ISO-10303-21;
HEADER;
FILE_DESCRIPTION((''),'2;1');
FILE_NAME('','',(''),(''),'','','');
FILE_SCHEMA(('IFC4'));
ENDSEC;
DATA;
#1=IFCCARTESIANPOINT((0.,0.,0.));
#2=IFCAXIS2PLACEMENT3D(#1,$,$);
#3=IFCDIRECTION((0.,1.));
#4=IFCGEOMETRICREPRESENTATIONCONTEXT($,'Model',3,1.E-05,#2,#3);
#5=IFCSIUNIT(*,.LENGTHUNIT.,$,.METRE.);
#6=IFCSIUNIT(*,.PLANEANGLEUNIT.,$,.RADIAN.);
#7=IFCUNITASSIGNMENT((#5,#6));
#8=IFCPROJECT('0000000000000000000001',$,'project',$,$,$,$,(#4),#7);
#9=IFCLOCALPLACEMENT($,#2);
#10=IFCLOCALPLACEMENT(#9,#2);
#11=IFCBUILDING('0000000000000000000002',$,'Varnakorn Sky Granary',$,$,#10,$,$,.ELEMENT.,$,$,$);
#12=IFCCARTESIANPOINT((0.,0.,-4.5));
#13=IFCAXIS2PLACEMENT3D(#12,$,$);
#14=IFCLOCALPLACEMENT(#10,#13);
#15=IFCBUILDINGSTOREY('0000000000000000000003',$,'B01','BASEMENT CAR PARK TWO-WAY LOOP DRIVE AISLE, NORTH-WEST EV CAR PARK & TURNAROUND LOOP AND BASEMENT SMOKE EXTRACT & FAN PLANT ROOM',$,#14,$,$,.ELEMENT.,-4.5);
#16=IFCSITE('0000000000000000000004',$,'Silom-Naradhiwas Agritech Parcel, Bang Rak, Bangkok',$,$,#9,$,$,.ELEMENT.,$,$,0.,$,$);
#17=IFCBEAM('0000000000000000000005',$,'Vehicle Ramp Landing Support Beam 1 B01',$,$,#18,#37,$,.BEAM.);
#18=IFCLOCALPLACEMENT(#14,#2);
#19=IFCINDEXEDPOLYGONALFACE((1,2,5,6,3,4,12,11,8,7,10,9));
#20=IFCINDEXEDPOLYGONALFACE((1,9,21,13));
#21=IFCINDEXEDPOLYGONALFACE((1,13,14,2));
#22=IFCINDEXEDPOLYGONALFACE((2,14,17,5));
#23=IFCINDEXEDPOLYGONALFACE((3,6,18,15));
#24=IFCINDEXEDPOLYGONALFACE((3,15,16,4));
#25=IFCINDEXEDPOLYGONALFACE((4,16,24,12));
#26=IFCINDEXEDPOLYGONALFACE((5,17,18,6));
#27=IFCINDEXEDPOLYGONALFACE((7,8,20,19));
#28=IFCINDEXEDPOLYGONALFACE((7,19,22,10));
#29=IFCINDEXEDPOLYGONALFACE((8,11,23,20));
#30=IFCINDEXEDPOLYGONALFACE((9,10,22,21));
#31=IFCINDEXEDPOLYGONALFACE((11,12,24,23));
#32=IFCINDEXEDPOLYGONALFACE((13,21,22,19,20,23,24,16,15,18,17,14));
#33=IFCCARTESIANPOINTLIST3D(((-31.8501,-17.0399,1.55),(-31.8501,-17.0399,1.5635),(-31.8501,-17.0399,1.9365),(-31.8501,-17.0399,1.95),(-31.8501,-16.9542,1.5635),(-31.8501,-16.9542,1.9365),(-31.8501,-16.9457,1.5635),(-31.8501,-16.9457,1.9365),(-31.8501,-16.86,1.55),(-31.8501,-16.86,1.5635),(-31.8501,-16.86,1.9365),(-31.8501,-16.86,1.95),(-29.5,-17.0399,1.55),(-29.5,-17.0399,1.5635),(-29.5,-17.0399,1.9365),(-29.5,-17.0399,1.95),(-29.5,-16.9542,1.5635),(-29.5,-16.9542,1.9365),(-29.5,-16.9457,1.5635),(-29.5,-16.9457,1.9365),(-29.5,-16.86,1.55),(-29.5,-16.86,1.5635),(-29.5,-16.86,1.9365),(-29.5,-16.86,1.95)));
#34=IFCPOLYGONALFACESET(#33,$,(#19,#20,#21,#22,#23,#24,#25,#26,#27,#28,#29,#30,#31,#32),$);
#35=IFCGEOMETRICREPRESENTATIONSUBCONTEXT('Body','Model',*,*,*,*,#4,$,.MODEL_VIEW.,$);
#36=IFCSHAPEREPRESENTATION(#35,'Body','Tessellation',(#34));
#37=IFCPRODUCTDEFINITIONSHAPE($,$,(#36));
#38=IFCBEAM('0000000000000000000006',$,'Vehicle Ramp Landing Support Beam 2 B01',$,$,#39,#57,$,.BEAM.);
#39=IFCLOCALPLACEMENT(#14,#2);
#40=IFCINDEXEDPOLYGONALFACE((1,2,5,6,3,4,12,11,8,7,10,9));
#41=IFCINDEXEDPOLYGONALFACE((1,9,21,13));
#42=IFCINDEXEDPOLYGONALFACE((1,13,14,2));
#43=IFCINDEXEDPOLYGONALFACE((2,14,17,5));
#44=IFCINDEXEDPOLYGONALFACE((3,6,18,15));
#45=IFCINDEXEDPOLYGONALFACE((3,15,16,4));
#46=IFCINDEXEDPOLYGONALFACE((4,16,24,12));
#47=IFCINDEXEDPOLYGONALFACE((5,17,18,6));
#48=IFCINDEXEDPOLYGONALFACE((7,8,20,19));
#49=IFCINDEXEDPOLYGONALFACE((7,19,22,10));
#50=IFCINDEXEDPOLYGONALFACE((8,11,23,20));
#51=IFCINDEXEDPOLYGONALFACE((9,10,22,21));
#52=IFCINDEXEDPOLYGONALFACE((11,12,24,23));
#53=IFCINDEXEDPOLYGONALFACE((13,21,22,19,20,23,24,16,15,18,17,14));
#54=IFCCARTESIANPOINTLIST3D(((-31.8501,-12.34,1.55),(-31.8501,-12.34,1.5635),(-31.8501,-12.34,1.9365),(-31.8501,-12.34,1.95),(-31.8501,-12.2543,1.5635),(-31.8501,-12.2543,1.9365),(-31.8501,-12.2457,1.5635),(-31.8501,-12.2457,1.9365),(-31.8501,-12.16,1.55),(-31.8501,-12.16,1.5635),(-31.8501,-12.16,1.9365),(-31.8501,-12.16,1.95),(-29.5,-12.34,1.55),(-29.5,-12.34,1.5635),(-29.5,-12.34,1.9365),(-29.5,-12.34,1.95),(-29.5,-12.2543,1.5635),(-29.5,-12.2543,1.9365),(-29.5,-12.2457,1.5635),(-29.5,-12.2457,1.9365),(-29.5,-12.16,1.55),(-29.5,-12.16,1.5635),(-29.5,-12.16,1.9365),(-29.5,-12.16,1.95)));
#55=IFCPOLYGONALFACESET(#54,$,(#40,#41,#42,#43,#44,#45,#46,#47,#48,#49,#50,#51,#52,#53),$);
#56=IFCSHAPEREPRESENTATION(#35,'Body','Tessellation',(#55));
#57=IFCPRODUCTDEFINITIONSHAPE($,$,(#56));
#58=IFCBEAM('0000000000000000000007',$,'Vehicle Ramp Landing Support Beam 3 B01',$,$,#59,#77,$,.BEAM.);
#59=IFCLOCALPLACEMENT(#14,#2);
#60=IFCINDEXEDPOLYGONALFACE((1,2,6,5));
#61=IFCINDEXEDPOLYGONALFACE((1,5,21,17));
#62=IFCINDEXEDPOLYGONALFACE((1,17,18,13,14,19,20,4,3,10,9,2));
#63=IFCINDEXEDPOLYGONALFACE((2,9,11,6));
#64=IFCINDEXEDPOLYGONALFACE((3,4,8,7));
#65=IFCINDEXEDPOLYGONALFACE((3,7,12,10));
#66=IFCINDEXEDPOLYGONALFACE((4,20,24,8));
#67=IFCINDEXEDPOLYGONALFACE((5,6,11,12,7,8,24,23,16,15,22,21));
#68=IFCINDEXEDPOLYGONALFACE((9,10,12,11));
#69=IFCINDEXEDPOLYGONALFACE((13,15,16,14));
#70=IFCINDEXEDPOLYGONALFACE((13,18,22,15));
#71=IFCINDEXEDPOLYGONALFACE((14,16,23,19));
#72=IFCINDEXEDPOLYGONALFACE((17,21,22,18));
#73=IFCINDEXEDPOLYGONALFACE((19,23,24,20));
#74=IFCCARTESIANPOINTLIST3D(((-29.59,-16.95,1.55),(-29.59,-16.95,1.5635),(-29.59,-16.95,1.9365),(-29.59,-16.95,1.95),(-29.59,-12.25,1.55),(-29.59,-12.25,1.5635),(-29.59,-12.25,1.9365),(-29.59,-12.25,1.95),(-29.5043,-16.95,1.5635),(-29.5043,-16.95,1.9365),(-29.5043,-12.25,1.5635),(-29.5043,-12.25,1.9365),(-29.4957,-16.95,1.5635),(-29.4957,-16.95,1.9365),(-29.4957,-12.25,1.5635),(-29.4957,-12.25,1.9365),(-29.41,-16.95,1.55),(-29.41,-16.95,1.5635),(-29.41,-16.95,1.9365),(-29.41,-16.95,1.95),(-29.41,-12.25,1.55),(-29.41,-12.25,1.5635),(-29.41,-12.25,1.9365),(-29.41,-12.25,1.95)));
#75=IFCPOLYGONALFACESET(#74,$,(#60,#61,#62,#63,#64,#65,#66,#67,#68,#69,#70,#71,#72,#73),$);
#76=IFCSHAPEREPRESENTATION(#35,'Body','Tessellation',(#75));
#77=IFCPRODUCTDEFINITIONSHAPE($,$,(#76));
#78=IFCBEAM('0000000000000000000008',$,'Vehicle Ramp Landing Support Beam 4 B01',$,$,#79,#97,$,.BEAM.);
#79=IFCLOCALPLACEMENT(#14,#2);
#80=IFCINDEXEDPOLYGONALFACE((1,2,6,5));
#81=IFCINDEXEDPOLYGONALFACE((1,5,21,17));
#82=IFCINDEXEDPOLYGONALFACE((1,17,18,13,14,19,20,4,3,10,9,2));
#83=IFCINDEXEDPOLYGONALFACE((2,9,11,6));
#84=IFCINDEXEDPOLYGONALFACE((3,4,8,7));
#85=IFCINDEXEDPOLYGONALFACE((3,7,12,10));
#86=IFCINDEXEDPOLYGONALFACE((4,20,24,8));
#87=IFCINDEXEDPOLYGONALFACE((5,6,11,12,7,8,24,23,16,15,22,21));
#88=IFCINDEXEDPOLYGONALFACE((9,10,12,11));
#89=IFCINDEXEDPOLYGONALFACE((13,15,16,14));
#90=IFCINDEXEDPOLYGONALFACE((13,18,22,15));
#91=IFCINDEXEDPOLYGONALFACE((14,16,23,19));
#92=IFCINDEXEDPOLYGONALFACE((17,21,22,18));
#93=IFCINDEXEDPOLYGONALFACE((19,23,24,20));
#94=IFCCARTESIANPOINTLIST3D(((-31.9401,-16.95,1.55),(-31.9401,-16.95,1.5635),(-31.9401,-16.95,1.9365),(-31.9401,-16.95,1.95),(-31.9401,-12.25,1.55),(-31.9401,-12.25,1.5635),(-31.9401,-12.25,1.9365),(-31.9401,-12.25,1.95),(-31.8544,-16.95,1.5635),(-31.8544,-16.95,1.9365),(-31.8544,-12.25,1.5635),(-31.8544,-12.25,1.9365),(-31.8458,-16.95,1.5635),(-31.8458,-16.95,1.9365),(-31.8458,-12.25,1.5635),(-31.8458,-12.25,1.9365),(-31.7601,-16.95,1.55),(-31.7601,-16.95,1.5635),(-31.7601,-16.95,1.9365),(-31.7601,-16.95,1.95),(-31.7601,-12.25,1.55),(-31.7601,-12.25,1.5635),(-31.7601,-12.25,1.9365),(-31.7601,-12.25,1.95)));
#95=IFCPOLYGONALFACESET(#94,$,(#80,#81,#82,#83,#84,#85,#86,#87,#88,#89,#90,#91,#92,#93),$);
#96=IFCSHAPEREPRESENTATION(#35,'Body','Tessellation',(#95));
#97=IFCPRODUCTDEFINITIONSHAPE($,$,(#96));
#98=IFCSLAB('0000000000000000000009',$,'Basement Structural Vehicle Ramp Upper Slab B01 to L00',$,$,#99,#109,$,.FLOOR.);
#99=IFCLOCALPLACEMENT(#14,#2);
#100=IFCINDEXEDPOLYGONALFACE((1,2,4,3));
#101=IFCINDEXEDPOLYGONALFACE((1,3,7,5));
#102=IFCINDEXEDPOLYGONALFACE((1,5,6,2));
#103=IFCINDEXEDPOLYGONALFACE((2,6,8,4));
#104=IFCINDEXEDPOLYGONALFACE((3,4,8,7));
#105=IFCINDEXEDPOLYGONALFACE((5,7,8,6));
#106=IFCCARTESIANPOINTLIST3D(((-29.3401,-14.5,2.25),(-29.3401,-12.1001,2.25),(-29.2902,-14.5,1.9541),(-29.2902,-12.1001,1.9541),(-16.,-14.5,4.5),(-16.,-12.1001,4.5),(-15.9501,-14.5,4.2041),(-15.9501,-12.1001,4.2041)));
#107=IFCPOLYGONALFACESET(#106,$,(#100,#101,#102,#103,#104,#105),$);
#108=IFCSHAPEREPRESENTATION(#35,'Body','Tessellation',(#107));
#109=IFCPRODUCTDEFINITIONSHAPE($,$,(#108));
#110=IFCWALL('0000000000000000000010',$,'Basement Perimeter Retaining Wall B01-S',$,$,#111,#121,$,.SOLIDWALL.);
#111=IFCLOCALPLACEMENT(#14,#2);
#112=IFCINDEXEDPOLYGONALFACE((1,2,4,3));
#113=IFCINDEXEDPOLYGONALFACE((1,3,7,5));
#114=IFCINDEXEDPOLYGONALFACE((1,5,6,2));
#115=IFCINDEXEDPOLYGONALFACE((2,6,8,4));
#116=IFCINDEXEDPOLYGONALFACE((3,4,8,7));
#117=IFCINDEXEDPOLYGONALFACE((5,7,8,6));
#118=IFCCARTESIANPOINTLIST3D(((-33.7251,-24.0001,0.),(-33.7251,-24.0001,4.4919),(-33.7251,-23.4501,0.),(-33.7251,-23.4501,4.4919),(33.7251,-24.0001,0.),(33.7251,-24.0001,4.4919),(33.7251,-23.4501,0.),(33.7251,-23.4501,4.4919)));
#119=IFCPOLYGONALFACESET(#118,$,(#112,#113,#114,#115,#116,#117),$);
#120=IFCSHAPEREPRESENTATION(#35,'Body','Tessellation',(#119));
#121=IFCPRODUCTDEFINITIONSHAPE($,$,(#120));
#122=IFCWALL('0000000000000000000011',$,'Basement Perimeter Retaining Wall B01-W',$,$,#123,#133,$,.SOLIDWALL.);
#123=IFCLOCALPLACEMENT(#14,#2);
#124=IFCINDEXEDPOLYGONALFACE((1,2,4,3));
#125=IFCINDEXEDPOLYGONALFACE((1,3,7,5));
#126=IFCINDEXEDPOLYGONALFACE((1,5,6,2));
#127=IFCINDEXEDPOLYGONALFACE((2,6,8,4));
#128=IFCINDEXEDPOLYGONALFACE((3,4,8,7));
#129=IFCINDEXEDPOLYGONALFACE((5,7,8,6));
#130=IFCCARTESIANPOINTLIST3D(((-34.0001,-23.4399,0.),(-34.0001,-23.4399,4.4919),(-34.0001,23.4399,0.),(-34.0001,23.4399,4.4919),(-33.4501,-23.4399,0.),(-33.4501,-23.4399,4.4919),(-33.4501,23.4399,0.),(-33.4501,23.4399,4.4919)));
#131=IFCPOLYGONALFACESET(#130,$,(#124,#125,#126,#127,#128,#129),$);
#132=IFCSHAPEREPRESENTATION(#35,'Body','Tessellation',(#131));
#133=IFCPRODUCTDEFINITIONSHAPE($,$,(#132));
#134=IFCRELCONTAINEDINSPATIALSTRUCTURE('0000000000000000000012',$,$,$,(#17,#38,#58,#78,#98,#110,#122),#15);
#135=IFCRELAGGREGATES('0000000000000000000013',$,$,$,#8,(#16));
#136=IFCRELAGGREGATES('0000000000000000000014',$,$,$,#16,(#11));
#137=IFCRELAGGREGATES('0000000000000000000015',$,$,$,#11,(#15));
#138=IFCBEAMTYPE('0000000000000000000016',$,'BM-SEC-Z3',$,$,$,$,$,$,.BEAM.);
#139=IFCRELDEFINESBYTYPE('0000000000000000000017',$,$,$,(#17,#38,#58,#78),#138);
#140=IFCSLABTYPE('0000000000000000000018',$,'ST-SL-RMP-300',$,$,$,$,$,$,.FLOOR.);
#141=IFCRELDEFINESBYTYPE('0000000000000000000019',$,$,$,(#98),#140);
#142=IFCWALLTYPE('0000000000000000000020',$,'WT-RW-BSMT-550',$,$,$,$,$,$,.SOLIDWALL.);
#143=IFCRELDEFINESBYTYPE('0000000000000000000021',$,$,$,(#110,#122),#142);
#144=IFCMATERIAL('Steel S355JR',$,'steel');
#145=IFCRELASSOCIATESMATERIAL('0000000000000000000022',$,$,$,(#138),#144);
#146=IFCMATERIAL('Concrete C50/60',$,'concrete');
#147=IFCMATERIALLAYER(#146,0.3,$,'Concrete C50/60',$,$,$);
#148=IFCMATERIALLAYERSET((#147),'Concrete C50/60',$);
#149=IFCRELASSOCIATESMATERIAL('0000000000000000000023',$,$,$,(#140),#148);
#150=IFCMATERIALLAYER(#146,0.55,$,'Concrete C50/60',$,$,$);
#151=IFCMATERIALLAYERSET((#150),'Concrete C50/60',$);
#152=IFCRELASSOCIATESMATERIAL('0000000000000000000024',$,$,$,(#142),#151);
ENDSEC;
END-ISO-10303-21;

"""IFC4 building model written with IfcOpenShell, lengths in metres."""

from ifc_helpers import new_model, si_unit, direction, frame, frame_2d, origin, origin_2d, place, context, subcontext, project, spatial, polyline, rectangle, i_section, outline, extrude, material, layer, layer_set, material_profile, profile_set, type_object, element, save


model = new_model("IFC4")

# Units and contexts
model_context = context("Model", 3, precision=1e-05, world=origin(), true_north=direction((0.0, 1.0)))
body_context = subcontext(model_context, "Body", "Model", "MODEL_VIEW")
ifc_project = project(units=[si_unit("LENGTHUNIT", "METRE"), si_unit("PLANEANGLEUNIT", "RADIAN")], contexts=[model_context])

# Site, building, storey
site_placement = place(None, origin())
site = spatial("IfcSite", under=ifc_project, at=site_placement, Name="Silom-Naradhiwas Agritech Parcel, Bang Rak, Bangkok", CompositionType="ELEMENT", RefElevation=0.0)
building_placement = place(site_placement, origin())
building = spatial("IfcBuilding", under=site, at=building_placement, Name="Varnakorn Sky Granary", CompositionType="ELEMENT")
storey_placement = place(building_placement, frame((0.0, 0.0, -4.5)))
storey = spatial("IfcBuildingStorey", under=building, at=storey_placement, Name="B01", Description="BASEMENT CAR PARK TWO-WAY LOOP DRIVE AISLE, NORTH-WEST EV CAR PARK & TURNAROUND LOOP AND BASEMENT SMOKE EXTRACT & FAN PLANT ROOM", CompositionType="ELEMENT", Elevation=-4.5)

# Shared definitions
ifc_material_1 = material(Name="Concrete C50/60", Category="concrete")

# Beams
ifc_material_2 = material(Name="Steel S355JR", Category="steel")
ifc_material_profile_1 = material_profile(ifc_material_2, i_section(OverallWidth=0.1799, OverallDepth=0.3999, WebThickness=0.0085, FlangeThickness=0.0134, at=origin_2d()), Name="IPE 400")
ifc_profile_set_1 = profile_set([ifc_material_profile_1], Name="Steel S355JR")
beam_type_1 = type_object("IfcBeamType", Name="BM-SEC-Z3", PredefinedType="BEAM", material=ifc_profile_set_1)
for number, where, z_axis, x_axis, name in (
    (1, (-31.8501, -16.95, 1.75), (1.0, 0.0, 0.0), (0.0, 1.0, 0.0), "Vehicle Ramp Landing Support Beam 1 B01"),
    (2, (-31.8501, -12.25, 1.75), (1.0, 0.0, 0.0), (0.0, 1.0, 0.0), "Vehicle Ramp Landing Support Beam 2 B01"),
):
    element("IfcBeam", number, at=place(storey_placement, frame(where, z_axis=z_axis, x_axis=x_axis)), inside=storey, type_object=beam_type_1, Name=name, PredefinedType="BEAM", context=body_context, shape_type="SweptSolid", body=[
        extrude(i_section(OverallWidth=0.1799, OverallDepth=0.3999, WebThickness=0.0085, FlangeThickness=0.0134, at=origin_2d()), origin(), (0.0, 0.0, 1.0), 2.3501),
    ])
for number, where, z_axis, x_axis, name in (
    (3, (-29.5, -16.95, 1.75), (0.0, 1.0, 0.0), (-1.0, 0.0, 0.0), "Vehicle Ramp Landing Support Beam 3 B01"),
    (4, (-31.8501, -16.95, 1.75), (0.0, 1.0, 0.0), (-1.0, 0.0, 0.0), "Vehicle Ramp Landing Support Beam 4 B01"),
):
    element("IfcBeam", number, at=place(storey_placement, frame(where, z_axis=z_axis, x_axis=x_axis)), inside=storey, type_object=beam_type_1, Name=name, PredefinedType="BEAM", context=body_context, shape_type="SweptSolid", body=[
        extrude(i_section(OverallWidth=0.1799, OverallDepth=0.3999, WebThickness=0.0085, FlangeThickness=0.0134, at=origin_2d()), origin(), (0.0, 0.0, 1.0), 4.7),
    ])

# Slab
ifc_layer_1 = layer(ifc_material_1, 0.3, Name="Concrete C50/60")
ifc_layer_set_1 = layer_set([ifc_layer_1], Name="Concrete C50/60")
slab_type = type_object("IfcSlabType", Name="ST-SL-RMP-300", PredefinedType="FLOOR", material=ifc_layer_set_1)
slab_placement = place(storey_placement, frame((-29.3401, -14.5, 2.25), z_axis=(-0.166315, 0.0, 0.986073), x_axis=(0.986073, 0.0, 0.166315)))
element("IfcSlab", 5, at=slab_placement, inside=storey, type_object=slab_type, Name="Basement Structural Vehicle Ramp Upper Slab B01 to L00", PredefinedType="FLOOR", context=body_context, shape_type="SweptSolid", body=[
    extrude(outline(polyline([(0.0, 0.0), (13.5285, 0.0), (13.5285, 2.3999), (0.0, 2.3999), (0.0, 0.0)])), origin(), (0.0, 0.0, -1.0), 0.3),
])

# Walls
ifc_layer_2 = layer(ifc_material_1, 0.55, Name="Concrete C50/60")
ifc_layer_set_2 = layer_set([ifc_layer_2], Name="Concrete C50/60")
wall_type = type_object("IfcWallType", Name="WT-RW-BSMT-550", PredefinedType="SOLIDWALL", material=ifc_layer_set_2)
wall_1_placement = place(storey_placement, frame((-33.7251, -23.7251, 0.0), z_axis=(0.0, 0.0, 1.0), x_axis=(1.0, 0.0, 0.0)))
element("IfcWall", 6, at=wall_1_placement, inside=storey, type_object=wall_type, Name="Basement Perimeter Retaining Wall B01-S", PredefinedType="SOLIDWALL", context=body_context, shape_type="SweptSolid", body=[
    extrude(rectangle(XDim=67.4502, YDim=0.55, at=frame_2d((33.7251, 0.0))), origin(), (0.0, 0.0, 1.0), 4.4919),
])
wall_2_placement = place(storey_placement, frame((-33.7251, -23.4399, 0.0), z_axis=(0.0, 0.0, 1.0), x_axis=(0.0, 1.0, 0.0)))
element("IfcWall", 7, at=wall_2_placement, inside=storey, type_object=wall_type, Name="Basement Perimeter Retaining Wall B01-W", PredefinedType="SOLIDWALL", context=body_context, shape_type="SweptSolid", body=[
    extrude(rectangle(XDim=46.8799, YDim=0.55, at=frame_2d((23.4399, 0.0))), origin(), (0.0, 0.0, 1.0), 4.4919),
])

save(model, "model.ifc")
